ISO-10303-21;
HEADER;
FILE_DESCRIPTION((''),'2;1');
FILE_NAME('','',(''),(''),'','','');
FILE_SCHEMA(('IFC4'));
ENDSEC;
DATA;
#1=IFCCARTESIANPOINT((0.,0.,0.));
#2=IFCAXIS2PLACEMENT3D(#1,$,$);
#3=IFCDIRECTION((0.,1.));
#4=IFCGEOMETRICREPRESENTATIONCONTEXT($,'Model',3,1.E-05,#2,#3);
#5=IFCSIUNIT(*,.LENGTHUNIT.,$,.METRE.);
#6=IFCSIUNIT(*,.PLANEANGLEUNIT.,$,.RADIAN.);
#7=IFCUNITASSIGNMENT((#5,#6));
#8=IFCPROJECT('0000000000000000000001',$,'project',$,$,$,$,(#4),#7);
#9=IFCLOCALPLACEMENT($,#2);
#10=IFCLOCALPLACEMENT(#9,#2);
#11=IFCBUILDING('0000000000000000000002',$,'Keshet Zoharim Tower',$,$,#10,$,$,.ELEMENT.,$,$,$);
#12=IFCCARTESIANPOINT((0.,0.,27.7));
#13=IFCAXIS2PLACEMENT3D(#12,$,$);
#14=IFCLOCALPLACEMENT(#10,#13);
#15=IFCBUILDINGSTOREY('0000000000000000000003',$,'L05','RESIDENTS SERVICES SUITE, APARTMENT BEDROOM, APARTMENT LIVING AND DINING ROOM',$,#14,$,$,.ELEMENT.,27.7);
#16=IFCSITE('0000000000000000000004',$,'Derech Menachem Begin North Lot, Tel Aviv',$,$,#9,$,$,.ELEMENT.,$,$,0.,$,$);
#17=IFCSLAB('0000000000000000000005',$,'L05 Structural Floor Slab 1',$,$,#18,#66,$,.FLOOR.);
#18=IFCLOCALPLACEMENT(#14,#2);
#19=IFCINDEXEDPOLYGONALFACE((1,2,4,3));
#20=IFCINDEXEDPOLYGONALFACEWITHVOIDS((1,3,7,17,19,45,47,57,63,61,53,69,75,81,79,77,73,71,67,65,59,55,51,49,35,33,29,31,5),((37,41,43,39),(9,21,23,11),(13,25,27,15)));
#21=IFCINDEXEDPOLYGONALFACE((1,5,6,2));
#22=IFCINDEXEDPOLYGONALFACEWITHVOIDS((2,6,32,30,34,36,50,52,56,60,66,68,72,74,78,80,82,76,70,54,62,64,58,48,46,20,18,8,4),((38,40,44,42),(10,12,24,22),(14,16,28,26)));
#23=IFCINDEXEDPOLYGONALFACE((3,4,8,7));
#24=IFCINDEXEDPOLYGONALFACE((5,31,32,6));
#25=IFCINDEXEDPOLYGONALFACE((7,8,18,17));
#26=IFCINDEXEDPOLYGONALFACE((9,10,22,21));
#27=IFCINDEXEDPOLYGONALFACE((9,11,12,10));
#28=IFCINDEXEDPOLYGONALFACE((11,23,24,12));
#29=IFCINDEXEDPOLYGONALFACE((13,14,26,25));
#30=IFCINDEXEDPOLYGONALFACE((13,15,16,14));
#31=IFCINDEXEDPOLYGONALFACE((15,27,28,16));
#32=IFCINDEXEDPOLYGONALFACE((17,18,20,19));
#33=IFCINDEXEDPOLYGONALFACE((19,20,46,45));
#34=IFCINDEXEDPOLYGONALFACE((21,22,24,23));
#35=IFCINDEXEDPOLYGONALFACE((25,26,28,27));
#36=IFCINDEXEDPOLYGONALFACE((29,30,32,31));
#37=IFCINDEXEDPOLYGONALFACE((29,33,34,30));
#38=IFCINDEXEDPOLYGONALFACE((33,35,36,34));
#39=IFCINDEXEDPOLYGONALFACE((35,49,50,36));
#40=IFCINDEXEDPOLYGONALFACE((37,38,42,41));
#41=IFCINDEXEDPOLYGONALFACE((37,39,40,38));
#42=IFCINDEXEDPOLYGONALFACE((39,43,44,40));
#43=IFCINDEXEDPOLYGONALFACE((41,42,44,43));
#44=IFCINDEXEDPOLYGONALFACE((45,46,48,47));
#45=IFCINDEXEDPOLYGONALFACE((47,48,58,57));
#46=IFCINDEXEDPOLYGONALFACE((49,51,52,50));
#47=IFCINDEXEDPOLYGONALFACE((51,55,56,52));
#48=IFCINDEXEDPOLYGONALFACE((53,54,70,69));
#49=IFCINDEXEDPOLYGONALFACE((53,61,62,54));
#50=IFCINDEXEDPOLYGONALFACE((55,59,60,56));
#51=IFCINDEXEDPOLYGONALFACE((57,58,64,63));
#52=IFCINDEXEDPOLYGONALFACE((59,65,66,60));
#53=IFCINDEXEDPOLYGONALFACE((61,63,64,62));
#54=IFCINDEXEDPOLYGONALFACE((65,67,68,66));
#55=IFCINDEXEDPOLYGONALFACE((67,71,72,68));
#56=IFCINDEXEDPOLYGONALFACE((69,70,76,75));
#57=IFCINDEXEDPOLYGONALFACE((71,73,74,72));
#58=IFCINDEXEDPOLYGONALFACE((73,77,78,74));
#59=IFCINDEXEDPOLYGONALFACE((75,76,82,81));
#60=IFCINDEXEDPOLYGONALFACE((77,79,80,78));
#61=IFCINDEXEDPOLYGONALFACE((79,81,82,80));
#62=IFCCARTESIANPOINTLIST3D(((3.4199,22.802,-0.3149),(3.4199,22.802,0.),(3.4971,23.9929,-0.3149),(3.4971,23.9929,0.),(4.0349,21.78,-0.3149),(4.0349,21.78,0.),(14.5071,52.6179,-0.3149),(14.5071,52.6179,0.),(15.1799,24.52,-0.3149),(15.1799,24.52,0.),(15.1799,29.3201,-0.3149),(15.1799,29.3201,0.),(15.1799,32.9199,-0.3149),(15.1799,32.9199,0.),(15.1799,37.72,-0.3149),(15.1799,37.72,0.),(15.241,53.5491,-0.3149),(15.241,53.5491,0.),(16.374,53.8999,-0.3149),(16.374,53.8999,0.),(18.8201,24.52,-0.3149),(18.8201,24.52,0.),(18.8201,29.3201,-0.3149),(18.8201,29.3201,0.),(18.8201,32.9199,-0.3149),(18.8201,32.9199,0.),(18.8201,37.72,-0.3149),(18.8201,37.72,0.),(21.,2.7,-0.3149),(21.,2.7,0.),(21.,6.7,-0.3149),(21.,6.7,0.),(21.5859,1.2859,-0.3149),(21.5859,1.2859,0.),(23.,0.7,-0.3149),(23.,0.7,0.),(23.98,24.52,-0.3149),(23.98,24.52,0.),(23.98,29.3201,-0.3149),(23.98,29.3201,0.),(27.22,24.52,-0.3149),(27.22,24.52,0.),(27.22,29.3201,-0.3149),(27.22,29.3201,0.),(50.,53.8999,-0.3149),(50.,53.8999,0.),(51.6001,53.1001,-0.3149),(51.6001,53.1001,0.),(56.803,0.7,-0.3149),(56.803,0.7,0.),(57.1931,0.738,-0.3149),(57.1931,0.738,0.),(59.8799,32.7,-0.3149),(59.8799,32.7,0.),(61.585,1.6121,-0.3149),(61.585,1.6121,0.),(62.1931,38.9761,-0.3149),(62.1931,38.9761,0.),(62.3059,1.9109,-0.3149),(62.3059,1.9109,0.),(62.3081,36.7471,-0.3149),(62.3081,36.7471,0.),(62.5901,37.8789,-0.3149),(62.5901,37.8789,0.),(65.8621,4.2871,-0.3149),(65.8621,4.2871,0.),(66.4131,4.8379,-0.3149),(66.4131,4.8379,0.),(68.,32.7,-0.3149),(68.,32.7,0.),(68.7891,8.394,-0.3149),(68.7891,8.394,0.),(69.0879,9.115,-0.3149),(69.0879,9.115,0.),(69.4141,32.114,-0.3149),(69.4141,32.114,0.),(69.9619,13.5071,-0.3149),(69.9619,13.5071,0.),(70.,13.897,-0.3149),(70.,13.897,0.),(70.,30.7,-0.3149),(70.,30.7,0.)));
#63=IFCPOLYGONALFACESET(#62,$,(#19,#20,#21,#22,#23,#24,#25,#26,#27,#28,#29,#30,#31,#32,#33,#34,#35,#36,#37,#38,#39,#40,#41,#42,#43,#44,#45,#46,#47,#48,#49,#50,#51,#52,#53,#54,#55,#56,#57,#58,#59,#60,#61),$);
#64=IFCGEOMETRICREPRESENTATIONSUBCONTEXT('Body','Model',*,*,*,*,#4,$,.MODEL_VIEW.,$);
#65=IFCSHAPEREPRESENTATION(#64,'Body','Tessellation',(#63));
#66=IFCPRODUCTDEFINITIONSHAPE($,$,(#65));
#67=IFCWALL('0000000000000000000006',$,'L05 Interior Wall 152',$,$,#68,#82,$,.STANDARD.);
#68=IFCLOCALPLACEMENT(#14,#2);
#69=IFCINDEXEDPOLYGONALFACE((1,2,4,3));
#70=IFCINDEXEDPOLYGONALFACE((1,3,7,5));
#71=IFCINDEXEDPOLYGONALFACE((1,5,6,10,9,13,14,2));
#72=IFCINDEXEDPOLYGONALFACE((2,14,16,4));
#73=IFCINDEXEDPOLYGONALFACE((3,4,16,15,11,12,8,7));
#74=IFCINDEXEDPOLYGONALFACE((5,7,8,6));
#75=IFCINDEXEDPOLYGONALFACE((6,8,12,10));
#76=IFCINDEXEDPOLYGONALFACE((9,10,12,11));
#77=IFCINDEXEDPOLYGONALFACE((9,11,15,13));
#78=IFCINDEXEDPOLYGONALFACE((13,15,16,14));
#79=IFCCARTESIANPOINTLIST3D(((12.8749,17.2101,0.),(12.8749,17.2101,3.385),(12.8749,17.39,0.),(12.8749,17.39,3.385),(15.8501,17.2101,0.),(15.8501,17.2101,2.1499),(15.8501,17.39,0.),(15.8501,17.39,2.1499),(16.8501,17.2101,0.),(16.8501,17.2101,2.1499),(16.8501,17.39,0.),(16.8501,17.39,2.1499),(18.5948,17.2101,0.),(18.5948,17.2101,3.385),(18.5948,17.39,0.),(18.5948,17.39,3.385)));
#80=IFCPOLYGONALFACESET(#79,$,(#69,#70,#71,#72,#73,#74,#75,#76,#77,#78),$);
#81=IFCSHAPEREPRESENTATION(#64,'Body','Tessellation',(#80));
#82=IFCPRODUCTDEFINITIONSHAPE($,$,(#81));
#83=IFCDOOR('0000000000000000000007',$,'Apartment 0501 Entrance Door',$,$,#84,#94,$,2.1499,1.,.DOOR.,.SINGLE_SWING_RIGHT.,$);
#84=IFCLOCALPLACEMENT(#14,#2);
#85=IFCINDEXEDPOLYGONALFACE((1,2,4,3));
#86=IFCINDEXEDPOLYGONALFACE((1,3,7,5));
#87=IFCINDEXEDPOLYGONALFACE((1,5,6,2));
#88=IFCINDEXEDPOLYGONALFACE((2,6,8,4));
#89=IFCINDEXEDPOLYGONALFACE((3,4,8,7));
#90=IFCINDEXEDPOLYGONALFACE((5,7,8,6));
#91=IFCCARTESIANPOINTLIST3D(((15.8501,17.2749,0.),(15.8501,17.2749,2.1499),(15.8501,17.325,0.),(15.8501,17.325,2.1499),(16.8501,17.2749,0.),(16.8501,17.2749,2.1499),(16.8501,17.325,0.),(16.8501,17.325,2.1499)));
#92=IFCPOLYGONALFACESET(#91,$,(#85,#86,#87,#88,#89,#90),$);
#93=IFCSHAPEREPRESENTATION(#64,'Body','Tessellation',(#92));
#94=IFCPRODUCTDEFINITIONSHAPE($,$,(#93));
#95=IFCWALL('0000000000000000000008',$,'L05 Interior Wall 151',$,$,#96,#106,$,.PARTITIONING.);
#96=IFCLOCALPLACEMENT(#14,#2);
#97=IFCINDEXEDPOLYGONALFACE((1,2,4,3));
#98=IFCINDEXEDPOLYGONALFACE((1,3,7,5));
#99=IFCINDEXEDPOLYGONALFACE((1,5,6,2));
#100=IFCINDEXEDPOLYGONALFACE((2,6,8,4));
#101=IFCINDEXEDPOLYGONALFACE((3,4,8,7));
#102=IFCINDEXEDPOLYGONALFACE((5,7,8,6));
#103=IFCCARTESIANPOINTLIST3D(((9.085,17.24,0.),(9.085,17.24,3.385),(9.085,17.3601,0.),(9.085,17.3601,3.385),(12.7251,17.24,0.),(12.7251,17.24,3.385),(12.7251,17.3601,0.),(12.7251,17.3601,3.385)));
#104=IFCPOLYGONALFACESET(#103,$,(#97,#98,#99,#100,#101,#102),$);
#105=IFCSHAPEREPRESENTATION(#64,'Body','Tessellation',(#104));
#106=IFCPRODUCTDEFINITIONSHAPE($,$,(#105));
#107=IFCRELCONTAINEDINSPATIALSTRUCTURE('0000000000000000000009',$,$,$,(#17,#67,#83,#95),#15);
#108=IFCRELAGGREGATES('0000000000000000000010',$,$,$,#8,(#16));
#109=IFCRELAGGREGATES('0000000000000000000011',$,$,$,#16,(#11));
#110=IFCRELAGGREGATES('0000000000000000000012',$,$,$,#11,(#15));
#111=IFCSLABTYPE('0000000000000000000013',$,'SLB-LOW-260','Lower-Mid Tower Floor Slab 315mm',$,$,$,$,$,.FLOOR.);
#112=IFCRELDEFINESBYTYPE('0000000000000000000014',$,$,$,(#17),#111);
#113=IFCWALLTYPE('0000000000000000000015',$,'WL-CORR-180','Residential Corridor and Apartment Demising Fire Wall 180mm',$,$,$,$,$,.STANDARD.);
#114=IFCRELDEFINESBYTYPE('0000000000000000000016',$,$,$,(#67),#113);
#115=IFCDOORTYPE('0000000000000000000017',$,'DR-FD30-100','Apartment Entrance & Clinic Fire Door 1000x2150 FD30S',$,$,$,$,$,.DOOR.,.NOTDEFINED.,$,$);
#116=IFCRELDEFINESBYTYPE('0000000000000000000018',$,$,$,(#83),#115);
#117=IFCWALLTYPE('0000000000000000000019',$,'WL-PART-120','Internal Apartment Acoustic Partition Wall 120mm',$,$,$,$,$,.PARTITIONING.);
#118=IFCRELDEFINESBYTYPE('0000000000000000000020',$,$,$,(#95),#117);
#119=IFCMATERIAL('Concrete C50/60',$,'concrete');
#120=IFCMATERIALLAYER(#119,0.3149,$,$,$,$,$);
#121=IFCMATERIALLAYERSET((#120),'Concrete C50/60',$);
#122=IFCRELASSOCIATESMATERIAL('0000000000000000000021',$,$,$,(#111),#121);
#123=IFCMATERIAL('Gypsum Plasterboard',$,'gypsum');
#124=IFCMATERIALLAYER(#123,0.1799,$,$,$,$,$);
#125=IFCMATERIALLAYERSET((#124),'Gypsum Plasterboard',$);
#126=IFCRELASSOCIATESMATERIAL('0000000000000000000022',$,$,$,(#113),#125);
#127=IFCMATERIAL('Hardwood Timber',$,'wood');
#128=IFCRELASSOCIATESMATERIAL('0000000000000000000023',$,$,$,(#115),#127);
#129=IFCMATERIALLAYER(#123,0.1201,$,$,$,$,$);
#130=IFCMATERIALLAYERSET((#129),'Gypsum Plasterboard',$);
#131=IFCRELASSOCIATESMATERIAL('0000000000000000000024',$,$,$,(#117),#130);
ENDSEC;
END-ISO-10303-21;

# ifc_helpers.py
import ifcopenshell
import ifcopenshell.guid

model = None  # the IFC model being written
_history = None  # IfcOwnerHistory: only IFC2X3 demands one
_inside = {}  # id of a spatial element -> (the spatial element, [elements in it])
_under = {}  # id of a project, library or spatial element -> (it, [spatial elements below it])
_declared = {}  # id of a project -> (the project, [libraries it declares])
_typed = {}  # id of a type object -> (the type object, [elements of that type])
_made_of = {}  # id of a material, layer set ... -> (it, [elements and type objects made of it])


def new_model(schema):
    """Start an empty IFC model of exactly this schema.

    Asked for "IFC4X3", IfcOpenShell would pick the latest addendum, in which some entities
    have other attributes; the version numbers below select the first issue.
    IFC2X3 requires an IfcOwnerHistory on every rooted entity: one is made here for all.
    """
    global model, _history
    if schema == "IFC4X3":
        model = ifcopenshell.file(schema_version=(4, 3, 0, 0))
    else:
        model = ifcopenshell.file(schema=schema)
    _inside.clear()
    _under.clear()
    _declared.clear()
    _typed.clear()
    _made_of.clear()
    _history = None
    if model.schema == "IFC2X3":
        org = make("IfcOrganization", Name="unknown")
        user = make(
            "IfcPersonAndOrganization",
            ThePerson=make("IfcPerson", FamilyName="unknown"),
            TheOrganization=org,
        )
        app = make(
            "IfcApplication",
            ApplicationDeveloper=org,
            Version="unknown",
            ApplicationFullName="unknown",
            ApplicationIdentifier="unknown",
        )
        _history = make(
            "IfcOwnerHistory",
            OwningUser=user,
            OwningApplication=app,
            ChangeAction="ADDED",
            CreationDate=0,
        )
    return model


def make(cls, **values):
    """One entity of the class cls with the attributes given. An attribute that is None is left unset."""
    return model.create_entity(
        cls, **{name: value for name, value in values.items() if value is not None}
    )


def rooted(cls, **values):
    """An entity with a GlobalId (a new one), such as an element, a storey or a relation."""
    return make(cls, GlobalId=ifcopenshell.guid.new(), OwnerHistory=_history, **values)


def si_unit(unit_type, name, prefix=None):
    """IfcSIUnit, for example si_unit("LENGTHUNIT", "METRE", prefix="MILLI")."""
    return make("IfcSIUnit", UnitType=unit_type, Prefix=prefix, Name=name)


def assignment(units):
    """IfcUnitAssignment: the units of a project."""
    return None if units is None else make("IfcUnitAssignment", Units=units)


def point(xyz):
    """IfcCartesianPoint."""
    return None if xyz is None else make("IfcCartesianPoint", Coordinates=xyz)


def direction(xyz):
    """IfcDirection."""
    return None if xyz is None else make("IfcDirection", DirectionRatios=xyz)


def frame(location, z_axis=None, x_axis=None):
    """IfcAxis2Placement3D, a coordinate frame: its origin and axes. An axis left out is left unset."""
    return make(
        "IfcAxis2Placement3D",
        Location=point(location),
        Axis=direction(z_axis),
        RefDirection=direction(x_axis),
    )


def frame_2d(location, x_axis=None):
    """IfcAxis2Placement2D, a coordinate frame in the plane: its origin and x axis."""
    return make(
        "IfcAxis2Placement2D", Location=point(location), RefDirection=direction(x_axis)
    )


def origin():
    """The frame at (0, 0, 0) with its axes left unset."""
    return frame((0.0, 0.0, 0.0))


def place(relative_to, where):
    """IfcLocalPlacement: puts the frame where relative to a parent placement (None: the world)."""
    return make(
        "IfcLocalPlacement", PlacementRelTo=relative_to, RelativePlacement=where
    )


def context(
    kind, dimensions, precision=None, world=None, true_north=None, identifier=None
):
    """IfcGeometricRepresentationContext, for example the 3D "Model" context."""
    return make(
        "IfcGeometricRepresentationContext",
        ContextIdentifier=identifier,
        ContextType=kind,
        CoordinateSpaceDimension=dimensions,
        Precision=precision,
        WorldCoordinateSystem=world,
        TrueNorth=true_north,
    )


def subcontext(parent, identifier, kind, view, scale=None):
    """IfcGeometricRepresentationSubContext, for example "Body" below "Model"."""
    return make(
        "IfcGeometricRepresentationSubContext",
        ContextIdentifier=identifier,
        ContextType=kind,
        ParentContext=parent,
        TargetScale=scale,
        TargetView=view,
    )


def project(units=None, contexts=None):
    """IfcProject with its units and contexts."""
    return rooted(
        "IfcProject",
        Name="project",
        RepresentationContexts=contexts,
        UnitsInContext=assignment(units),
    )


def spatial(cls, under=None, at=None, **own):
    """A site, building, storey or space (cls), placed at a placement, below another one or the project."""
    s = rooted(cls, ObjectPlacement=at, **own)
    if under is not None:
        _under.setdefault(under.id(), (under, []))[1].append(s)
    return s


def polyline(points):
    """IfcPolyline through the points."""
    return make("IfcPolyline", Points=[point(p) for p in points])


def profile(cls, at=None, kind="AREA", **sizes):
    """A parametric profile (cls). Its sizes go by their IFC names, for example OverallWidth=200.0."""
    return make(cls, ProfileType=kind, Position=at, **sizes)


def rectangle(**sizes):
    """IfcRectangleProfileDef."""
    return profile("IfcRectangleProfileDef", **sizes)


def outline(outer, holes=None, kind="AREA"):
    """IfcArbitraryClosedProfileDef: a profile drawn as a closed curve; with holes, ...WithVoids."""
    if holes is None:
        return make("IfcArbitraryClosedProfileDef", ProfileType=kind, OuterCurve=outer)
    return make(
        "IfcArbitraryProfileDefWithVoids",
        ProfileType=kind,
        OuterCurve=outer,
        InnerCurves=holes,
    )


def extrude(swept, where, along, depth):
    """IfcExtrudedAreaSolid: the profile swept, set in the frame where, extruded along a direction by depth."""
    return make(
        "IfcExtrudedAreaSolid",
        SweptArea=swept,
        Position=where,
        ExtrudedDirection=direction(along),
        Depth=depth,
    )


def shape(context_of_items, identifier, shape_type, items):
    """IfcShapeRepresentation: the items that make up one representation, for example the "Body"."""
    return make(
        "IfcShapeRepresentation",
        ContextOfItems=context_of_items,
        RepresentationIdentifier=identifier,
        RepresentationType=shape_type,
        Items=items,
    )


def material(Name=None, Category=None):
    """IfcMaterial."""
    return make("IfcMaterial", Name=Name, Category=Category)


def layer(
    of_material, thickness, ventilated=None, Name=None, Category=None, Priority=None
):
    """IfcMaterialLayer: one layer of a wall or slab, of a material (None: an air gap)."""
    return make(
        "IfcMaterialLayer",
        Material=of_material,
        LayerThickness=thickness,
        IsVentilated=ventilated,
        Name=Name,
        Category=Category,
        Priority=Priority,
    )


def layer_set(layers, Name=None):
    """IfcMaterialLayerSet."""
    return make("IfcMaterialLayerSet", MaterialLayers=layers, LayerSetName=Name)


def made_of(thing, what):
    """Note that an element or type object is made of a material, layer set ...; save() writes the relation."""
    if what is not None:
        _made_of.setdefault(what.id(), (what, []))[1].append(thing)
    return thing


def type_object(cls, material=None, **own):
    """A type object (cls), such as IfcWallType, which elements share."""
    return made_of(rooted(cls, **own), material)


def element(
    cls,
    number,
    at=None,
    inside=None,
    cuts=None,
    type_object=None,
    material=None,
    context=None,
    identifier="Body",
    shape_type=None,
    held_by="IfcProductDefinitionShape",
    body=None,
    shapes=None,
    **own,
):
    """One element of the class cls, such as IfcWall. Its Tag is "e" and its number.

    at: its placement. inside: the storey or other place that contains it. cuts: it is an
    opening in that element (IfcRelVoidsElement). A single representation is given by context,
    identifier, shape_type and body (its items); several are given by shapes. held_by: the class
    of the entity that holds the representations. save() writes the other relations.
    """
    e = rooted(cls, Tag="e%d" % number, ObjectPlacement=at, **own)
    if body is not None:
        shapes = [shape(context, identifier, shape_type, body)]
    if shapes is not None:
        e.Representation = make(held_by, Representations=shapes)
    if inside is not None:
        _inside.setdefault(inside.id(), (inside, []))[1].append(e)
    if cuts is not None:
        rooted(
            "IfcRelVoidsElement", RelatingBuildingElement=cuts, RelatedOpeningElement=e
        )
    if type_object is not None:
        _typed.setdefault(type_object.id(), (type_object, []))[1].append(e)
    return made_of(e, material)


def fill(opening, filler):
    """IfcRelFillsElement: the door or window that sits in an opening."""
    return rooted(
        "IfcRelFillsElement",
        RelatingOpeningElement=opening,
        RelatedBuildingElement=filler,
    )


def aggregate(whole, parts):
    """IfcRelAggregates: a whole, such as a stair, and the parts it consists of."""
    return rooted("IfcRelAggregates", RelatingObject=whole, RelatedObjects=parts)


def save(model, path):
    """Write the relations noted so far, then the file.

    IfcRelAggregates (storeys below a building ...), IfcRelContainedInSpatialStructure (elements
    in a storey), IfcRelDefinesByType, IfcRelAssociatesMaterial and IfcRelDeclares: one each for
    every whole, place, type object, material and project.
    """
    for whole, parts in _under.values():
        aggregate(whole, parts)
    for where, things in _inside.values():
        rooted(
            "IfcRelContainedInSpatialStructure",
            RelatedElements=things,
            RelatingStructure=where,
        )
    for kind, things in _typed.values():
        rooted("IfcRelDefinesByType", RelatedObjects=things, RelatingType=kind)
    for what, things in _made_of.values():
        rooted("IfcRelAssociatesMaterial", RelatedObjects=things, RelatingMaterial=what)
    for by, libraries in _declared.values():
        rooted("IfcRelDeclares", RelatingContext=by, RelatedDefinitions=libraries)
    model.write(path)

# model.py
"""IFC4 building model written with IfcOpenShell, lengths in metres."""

from ifc_helpers import new_model, si_unit, direction, frame, frame_2d, origin, place, context, subcontext, project, spatial, polyline, rectangle, outline, extrude, material, layer, layer_set, type_object, element, fill, save


model = new_model("IFC4")

# Units and contexts
model_context = context("Model", 3, precision=1e-05, world=origin(), true_north=direction((0.0, 1.0)))
body_context = subcontext(model_context, "Body", "Model", "MODEL_VIEW")
ifc_project = project(units=[si_unit("LENGTHUNIT", "METRE"), si_unit("PLANEANGLEUNIT", "RADIAN")], contexts=[model_context])

# Site, building, storey
site_placement = place(None, origin())
site = spatial("IfcSite", under=ifc_project, at=site_placement, Name="Derech Menachem Begin North Lot, Tel Aviv", CompositionType="ELEMENT", RefElevation=0.0)
building_placement = place(site_placement, origin())
building = spatial("IfcBuilding", under=site, at=building_placement, Name="Keshet Zoharim Tower", CompositionType="ELEMENT")
storey_placement = place(building_placement, frame((0.0, 0.0, 27.7)))
storey = spatial("IfcBuildingStorey", under=building, at=storey_placement, Name="L05", Description="RESIDENTS SERVICES SUITE, APARTMENT BEDROOM, APARTMENT LIVING AND DINING ROOM", CompositionType="ELEMENT", Elevation=27.7)

# Shared definitions
ifc_material_1 = material(Name="Concrete C50/60", Category="concrete")

# Slab
ifc_layer_1 = layer(ifc_material_1, 0.3149)
ifc_layer_set_1 = layer_set([ifc_layer_1], Name="Concrete C50/60")
slab_type_1 = type_object("IfcSlabType", Name="SLB-LOW-260", Description="Lower-Mid Tower Floor Slab 315mm", PredefinedType="FLOOR", material=ifc_layer_set_1)
slab_1_placement = place(storey_placement, frame((0.0, 0.0, -0.3149)))
element("IfcSlab", 1, at=slab_1_placement, inside=storey, type_object=slab_type_1, Name="L05 Structural Floor Slab 1", PredefinedType="FLOOR", context=body_context, shape_type="SweptSolid", body=[
    extrude(outline(polyline([(21.0, 6.7), (4.0349, 21.78), (3.4199, 22.802), (3.4971, 23.9929), (14.5071, 52.6179), (15.241, 53.5491), (16.374, 53.8999), (50.0, 53.8999), (51.6001, 53.1001), (62.1931, 38.9761), (62.5901, 37.8789), (62.3081, 36.7471), (59.8799, 32.7), (68.0, 32.7), (69.4141, 32.114), (70.0, 30.7), (70.0, 13.897), (69.9619, 13.5071), (69.0879, 9.115), (68.7891, 8.394), (66.4131, 4.8379), (65.8621, 4.2871), (62.3059, 1.9109), (61.585, 1.6121), (57.1931, 0.738), (56.803, 0.7), (23.0, 0.7), (21.5859, 1.2859), (21.0, 2.7), (21.0, 6.7)]), holes=[polyline([(15.1799, 24.52), (18.8201, 24.52), (18.8201, 29.3201), (15.1799, 29.3201), (15.1799, 24.52)]), polyline([(15.1799, 32.9199), (18.8201, 32.9199), (18.8201, 37.72), (15.1799, 37.72), (15.1799, 32.9199)]), polyline([(23.98, 24.52), (27.22, 24.52), (27.22, 29.3201), (23.98, 29.3201), (23.98, 24.52)])]), origin(), (0.0, 0.0, 1.0), 0.3149),
])

# Wall, opening, door
ifc_material_2 = material(Name="Gypsum Plasterboard", Category="gypsum")
ifc_layer_2 = layer(ifc_material_2, 0.1799)
ifc_layer_set_2 = layer_set([ifc_layer_2], Name="Gypsum Plasterboard")
wall_type_1 = type_object("IfcWallType", Name="WL-CORR-180", Description="Residential Corridor and Apartment Demising Fire Wall 180mm", PredefinedType="STANDARD", material=ifc_layer_set_2)
ifc_material_3 = material(Name="Hardwood Timber", Category="wood")
door_type = type_object("IfcDoorType", Name="DR-FD30-100", Description="Apartment Entrance & Clinic Fire Door 1000x2150 FD30S", OperationType="NOTDEFINED", PredefinedType="DOOR", material=ifc_material_3)
wall_1_placement = place(storey_placement, frame((12.875, 17.3, 0.0), z_axis=(0.0, 0.0, 1.0), x_axis=(1.0, 0.0, 0.0)))
wall_1 = element("IfcWall", 2, at=wall_1_placement, inside=storey, type_object=wall_type_1, Name="L05 Interior Wall 152", PredefinedType="STANDARD", context=body_context, shape_type="SweptSolid", body=[
    extrude(rectangle(XDim=5.72, YDim=0.1799, at=frame_2d((2.8599, 0.0))), origin(), (0.0, 0.0, 1.0), 3.385),
])
opening_1_placement = place(wall_1_placement, frame((2.9751, 0.0, 0.0)))
opening_1 = element("IfcOpeningElement", 3, at=opening_1_placement, cuts=wall_1, PredefinedType="OPENING", context=body_context, shape_type="SweptSolid", body=[
    extrude(rectangle(XDim=1.0, YDim=2.1499, at=frame_2d((0.5, 1.075))), frame((0.0, 0.1001, 0.0), z_axis=(0.0, -1.0, 0.0), x_axis=(1.0, 0.0, 0.0)), (0.0, 0.0, 1.0), 0.2),
])
door_1_placement = place(opening_1_placement, origin())
door_1 = element("IfcDoor", 4, at=door_1_placement, inside=storey, type_object=door_type, Name="Apartment 0501 Entrance Door", OperationType="SINGLE_SWING_RIGHT", OverallHeight=2.1499, OverallWidth=1.0, PredefinedType="DOOR", context=body_context, shape_type="SweptSolid", body=[
    extrude(rectangle(XDim=1.0, YDim=2.1499, at=frame_2d((0.5, 1.075))), frame((0.0, 0.0249, 0.0), z_axis=(0.0, -1.0, 0.0), x_axis=(1.0, 0.0, 0.0)), (0.0, 0.0, 1.0), 0.05),
])
fill(opening_1, door_1)

# Wall
ifc_layer_3 = layer(ifc_material_2, 0.1201)
ifc_layer_set_3 = layer_set([ifc_layer_3], Name="Gypsum Plasterboard")
wall_type_2 = type_object("IfcWallType", Name="WL-PART-120", Description="Internal Apartment Acoustic Partition Wall 120mm", PredefinedType="PARTITIONING", material=ifc_layer_set_3)
wall_2_placement = place(storey_placement, frame((9.085, 17.3, 0.0), z_axis=(0.0, 0.0, 1.0), x_axis=(1.0, 0.0, 0.0)))
element("IfcWall", 5, at=wall_2_placement, inside=storey, type_object=wall_type_2, Name="L05 Interior Wall 151", PredefinedType="PARTITIONING", context=body_context, shape_type="SweptSolid", body=[
    extrude(rectangle(XDim=3.6401, YDim=0.1201, at=frame_2d((1.8201, 0.0))), origin(), (0.0, 0.0, 1.0), 3.385),
])

save(model, "model.ifc")
